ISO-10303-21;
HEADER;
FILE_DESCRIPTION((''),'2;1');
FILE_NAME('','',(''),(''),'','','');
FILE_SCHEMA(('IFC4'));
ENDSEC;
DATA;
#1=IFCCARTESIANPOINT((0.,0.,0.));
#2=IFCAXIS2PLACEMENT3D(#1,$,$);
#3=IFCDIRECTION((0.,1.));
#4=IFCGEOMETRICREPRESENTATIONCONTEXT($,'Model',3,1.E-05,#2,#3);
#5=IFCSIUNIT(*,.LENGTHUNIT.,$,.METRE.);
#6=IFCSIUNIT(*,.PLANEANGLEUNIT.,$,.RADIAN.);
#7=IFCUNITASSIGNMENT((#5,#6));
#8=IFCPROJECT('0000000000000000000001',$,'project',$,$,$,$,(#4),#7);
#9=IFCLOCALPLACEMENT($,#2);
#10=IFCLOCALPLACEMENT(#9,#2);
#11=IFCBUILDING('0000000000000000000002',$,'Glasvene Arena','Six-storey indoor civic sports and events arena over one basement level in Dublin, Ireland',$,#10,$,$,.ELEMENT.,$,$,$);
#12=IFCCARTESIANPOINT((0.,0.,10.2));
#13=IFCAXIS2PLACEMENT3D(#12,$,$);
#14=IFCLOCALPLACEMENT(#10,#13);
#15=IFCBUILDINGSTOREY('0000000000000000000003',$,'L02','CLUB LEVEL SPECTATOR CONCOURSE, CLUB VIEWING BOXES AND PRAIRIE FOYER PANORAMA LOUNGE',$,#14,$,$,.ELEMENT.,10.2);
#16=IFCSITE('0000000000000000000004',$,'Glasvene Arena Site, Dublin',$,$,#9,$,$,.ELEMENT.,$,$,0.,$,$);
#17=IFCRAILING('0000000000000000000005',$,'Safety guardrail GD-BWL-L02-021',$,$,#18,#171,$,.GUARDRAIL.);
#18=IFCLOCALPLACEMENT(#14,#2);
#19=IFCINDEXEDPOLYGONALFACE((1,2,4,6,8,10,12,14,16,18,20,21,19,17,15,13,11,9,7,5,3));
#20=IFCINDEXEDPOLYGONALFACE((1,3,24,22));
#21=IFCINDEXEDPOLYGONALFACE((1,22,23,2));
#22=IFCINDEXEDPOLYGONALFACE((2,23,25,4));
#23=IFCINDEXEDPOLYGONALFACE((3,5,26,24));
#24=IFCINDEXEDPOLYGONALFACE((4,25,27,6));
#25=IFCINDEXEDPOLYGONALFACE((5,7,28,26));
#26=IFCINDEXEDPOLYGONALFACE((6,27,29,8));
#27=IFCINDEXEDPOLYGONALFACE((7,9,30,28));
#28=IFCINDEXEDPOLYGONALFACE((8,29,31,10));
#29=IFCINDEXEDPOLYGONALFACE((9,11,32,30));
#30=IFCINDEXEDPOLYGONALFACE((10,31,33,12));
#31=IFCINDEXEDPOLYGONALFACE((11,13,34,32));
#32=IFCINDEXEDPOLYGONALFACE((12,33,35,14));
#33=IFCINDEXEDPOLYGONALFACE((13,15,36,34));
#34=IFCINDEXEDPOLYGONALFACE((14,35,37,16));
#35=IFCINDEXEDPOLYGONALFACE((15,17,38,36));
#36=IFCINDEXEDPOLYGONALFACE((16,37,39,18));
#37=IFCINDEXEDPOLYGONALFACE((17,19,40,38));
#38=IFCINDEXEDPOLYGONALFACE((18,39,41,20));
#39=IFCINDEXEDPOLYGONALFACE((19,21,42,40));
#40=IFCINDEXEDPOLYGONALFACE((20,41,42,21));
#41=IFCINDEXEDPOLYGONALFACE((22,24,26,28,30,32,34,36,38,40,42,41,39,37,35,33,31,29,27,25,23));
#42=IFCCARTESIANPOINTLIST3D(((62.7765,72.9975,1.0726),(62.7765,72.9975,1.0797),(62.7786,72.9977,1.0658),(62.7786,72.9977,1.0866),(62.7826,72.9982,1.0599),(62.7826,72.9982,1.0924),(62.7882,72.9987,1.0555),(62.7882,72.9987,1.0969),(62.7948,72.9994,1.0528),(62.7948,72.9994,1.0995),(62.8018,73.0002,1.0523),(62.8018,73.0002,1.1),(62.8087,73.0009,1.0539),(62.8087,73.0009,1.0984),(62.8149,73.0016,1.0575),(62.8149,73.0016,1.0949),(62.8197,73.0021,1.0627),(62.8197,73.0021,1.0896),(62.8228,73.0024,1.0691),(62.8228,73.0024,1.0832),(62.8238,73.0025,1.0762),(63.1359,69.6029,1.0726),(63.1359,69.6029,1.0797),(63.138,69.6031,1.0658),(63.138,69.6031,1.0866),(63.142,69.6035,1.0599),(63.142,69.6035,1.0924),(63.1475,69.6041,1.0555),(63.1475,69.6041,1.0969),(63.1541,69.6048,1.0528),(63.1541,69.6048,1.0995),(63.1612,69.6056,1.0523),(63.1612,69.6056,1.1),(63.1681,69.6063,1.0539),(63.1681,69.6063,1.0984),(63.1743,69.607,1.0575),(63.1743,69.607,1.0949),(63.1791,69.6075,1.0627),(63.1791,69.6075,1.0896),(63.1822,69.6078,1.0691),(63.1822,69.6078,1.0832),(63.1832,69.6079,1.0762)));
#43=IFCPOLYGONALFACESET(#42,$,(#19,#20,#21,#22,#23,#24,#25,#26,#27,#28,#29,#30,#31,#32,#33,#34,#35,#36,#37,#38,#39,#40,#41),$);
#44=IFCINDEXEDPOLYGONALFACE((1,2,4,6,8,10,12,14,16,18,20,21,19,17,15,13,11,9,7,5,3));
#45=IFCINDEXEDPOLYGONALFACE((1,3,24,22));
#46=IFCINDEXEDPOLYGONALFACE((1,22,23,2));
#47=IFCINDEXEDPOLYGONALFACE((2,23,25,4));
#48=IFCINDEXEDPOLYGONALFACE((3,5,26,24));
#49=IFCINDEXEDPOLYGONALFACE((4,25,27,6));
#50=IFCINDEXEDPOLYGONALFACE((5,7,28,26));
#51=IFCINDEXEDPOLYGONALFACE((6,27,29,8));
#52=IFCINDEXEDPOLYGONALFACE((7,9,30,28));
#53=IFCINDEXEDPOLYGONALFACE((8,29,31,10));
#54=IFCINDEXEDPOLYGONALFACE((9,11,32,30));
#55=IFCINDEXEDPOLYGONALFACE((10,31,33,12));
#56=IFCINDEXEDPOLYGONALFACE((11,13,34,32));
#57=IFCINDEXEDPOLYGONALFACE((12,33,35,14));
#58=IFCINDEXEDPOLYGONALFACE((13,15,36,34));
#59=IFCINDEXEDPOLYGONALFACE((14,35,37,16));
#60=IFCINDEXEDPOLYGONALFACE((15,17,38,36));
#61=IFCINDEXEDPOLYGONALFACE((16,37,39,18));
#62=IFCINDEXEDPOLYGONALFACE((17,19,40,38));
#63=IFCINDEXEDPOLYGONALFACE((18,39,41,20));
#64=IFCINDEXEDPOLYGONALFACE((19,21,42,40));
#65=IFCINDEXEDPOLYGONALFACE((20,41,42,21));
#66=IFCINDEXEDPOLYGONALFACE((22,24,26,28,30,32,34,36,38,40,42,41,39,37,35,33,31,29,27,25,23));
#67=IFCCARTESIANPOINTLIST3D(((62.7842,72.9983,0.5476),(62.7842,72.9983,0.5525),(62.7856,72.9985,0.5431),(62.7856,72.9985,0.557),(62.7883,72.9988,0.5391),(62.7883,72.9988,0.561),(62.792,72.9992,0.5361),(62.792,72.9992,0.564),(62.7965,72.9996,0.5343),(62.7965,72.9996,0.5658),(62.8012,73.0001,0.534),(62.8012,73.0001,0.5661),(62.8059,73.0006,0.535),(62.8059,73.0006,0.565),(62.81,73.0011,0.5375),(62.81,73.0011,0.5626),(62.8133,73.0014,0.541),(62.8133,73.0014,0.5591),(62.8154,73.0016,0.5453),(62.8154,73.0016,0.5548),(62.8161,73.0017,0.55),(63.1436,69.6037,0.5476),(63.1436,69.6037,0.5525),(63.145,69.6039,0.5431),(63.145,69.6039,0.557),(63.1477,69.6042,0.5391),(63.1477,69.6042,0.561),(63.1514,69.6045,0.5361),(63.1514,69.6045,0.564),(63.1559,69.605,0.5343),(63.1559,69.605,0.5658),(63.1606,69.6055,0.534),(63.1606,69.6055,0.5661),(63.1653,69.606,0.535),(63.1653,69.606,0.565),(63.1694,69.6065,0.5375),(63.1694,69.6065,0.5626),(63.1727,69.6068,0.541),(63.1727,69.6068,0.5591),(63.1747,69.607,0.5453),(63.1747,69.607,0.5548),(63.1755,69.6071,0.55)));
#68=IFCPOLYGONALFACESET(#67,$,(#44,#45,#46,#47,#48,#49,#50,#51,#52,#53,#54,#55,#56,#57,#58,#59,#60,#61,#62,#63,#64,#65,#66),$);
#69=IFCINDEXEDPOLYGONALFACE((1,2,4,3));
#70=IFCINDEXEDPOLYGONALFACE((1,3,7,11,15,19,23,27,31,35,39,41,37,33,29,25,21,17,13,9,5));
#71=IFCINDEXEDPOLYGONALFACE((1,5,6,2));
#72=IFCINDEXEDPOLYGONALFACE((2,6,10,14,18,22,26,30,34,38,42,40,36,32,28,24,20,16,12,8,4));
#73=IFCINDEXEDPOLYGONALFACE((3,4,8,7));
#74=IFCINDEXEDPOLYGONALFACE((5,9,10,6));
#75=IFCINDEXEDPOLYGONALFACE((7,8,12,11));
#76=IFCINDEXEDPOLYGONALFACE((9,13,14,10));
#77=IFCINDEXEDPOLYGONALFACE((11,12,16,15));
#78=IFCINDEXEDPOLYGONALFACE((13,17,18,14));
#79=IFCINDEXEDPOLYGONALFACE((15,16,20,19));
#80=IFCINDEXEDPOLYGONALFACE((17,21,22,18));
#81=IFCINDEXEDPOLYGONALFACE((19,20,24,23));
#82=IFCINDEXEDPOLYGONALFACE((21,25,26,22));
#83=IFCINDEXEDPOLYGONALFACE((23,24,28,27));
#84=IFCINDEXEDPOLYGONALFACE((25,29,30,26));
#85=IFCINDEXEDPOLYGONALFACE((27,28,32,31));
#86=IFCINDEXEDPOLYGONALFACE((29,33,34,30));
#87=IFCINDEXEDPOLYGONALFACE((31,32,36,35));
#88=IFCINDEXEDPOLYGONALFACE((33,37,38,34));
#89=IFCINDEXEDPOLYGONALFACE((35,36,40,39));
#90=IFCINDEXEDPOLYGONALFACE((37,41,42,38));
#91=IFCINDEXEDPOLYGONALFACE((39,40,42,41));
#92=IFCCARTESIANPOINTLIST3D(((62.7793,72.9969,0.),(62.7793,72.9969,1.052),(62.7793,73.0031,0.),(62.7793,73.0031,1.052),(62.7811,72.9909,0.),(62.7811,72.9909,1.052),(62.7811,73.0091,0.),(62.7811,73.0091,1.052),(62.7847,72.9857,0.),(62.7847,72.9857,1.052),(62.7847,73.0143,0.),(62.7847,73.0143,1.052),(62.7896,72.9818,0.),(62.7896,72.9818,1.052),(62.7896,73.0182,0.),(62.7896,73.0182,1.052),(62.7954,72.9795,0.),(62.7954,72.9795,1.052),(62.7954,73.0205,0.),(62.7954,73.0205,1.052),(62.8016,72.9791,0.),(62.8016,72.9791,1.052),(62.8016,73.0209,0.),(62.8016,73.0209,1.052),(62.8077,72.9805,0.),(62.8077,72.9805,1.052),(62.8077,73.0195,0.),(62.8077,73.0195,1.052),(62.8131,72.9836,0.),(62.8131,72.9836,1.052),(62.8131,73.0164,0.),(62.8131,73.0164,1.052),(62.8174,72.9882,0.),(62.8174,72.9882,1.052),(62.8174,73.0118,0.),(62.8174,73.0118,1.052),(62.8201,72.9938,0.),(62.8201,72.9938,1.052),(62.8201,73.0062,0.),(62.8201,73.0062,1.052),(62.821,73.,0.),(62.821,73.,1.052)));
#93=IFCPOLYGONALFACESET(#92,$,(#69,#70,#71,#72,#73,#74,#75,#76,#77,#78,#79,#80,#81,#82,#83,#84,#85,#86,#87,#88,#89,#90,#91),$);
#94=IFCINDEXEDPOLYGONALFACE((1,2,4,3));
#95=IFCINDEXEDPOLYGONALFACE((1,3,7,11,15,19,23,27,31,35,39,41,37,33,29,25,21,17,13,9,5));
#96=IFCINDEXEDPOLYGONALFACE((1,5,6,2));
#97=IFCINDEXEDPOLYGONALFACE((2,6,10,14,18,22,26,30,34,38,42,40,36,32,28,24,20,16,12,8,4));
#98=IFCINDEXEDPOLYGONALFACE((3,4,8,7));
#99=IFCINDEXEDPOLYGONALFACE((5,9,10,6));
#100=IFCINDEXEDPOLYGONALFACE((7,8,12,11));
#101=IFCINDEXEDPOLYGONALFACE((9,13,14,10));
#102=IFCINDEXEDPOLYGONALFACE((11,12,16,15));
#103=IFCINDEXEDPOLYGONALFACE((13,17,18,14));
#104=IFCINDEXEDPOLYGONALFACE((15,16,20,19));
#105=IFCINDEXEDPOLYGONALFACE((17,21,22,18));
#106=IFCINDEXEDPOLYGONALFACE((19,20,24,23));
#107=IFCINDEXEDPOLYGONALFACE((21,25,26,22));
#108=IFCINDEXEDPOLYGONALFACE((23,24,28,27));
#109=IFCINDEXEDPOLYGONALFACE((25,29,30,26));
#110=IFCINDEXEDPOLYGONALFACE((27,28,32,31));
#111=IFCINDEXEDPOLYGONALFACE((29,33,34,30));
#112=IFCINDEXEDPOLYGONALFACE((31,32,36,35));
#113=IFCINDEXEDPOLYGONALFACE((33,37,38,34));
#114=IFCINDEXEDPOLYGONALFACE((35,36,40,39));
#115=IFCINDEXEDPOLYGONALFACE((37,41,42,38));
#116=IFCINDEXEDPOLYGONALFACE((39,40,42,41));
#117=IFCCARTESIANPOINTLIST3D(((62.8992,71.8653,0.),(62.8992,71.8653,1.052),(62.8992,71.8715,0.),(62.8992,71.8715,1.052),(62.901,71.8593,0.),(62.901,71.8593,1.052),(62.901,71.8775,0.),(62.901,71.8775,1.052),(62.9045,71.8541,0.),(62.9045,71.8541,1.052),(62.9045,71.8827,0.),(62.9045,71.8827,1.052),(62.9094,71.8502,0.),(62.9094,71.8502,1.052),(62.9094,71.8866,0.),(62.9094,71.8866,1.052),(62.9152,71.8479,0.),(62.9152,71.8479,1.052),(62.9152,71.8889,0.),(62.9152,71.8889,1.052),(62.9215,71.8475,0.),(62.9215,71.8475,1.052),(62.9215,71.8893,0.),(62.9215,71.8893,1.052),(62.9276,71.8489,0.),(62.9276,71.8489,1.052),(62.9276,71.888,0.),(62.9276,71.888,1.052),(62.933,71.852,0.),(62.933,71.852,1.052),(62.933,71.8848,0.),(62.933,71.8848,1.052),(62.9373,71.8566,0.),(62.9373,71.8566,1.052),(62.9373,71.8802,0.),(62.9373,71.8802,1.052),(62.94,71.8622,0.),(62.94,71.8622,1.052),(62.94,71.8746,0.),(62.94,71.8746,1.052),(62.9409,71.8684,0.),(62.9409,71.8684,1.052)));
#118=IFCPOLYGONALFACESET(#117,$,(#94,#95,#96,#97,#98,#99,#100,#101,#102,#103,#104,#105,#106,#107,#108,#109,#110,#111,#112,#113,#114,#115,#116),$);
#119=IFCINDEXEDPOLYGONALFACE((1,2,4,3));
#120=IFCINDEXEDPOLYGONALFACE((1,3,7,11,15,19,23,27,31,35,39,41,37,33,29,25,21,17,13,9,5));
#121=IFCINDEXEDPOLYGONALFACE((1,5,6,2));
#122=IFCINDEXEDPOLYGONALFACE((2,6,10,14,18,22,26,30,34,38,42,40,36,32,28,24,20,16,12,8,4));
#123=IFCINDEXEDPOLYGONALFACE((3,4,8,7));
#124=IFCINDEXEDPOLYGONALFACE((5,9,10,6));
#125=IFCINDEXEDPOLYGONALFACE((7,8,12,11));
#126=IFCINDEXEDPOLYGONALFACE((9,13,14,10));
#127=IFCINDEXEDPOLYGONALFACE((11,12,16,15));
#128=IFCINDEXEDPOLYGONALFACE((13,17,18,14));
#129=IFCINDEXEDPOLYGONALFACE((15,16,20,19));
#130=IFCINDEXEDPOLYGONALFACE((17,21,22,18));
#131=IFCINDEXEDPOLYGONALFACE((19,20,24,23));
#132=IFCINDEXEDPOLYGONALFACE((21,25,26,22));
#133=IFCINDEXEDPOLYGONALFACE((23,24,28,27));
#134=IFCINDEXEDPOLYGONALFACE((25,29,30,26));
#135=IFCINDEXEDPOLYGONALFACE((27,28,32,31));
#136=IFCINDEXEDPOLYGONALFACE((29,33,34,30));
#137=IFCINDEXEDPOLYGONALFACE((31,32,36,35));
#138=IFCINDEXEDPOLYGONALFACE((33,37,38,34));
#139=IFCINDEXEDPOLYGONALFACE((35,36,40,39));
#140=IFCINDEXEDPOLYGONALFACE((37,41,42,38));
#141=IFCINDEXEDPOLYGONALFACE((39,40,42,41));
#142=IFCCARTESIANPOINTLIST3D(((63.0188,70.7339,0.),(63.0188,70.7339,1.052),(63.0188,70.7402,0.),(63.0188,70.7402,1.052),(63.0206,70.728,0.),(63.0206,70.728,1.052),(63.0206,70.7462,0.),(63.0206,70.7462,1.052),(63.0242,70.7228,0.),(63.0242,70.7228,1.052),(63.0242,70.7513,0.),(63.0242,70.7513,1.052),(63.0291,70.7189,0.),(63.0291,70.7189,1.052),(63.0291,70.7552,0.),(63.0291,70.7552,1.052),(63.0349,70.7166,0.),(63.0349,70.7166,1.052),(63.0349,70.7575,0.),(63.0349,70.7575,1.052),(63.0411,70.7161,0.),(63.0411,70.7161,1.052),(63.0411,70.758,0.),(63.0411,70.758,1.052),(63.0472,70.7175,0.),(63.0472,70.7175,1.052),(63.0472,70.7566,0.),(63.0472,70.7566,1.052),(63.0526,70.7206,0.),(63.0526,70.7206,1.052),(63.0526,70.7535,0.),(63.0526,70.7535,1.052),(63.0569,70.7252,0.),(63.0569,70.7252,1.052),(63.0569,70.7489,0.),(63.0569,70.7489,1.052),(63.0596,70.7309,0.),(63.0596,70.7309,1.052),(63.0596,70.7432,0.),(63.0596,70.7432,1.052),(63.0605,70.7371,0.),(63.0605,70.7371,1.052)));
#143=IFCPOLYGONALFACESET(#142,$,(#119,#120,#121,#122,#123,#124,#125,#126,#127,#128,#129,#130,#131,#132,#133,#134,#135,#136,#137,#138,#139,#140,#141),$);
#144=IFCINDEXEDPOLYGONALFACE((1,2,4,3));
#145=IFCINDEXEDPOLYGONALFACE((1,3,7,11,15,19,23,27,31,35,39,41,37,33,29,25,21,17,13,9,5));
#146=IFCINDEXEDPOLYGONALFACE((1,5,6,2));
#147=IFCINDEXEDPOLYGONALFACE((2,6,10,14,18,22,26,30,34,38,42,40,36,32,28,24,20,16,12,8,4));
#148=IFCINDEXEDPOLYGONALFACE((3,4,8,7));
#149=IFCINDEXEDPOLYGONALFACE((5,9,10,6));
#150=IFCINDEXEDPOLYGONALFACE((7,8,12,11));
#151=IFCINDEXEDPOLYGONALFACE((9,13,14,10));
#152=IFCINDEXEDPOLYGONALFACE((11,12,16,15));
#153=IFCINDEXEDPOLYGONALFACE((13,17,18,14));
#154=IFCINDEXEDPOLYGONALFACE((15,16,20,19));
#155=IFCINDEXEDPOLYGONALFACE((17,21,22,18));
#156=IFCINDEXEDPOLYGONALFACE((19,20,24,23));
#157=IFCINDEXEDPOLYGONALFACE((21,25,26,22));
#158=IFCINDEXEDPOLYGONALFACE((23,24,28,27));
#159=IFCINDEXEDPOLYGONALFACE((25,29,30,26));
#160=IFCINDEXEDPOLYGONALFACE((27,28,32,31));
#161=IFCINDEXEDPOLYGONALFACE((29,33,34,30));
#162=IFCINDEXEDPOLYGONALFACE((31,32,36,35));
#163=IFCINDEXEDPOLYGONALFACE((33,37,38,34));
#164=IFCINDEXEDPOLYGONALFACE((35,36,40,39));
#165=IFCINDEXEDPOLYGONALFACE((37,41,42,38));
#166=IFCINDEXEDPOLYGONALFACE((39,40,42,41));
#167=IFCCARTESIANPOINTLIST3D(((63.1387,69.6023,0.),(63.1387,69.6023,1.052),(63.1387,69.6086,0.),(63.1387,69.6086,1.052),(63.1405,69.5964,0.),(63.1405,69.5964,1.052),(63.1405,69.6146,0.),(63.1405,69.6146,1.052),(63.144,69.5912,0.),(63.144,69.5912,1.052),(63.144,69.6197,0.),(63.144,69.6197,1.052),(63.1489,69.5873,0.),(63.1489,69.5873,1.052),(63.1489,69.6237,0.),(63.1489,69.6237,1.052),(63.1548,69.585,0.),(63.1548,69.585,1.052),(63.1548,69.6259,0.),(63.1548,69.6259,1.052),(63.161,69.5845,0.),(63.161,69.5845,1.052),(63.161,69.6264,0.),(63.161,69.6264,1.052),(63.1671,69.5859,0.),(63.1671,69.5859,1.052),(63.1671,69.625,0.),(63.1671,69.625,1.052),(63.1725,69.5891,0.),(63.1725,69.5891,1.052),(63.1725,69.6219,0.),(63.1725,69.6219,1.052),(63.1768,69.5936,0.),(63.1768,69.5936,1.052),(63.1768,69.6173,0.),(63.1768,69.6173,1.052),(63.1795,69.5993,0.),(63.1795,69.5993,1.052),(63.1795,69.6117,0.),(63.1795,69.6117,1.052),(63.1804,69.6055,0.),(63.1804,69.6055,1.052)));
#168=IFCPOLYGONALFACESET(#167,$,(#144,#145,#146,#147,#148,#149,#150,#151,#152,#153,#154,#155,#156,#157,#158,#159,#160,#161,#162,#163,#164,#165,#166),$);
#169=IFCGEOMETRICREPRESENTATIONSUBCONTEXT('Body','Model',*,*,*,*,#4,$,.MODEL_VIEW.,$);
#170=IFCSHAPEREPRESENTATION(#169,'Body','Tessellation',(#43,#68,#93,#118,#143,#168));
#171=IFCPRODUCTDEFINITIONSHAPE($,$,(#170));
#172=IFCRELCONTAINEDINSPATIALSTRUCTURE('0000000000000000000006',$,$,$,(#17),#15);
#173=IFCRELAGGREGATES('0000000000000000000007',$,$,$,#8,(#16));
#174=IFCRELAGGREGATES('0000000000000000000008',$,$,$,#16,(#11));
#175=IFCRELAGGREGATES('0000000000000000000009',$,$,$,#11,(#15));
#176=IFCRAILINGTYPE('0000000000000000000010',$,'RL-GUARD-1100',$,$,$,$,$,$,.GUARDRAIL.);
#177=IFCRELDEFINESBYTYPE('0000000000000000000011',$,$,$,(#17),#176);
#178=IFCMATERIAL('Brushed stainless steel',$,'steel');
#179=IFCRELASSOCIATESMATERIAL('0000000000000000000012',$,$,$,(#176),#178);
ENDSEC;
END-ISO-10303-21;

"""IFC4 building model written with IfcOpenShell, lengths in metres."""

from ifc_helpers import new_model, si_unit, direction, frame, origin, origin_2d, place, context, subcontext, project, spatial, circle, extrude, material, type_object, element, save


model = new_model("IFC4")

# Units and contexts
model_context = context("Model", 3, precision=1e-05, world=origin(), true_north=direction((0.0, 1.0)))
body_context = subcontext(model_context, "Body", "Model", "MODEL_VIEW")
ifc_project = project(units=[si_unit("LENGTHUNIT", "METRE"), si_unit("PLANEANGLEUNIT", "RADIAN")], contexts=[model_context])

# Site, building, storey
site_placement = place(None, origin())
site = spatial("IfcSite", under=ifc_project, at=site_placement, Name="Glasvene Arena Site, Dublin", CompositionType="ELEMENT", RefElevation=0.0)
building_placement = place(site_placement, origin())
building = spatial("IfcBuilding", under=site, at=building_placement, Name="Glasvene Arena", Description="Six-storey indoor civic sports and events arena over one basement level in Dublin, Ireland", CompositionType="ELEMENT")
storey_placement = place(building_placement, frame((0.0, 0.0, 10.2)))
storey = spatial("IfcBuildingStorey", under=building, at=storey_placement, Name="L02", Description="CLUB LEVEL SPECTATOR CONCOURSE, CLUB VIEWING BOXES AND PRAIRIE FOYER PANORAMA LOUNGE", CompositionType="ELEMENT", Elevation=10.2)

# Railing
ifc_material_1 = material(Name="Brushed stainless steel", Category="steel")
railing_type = type_object("IfcRailingType", Name="RL-GUARD-1100", PredefinedType="GUARDRAIL", material=ifc_material_1)
railing_1_placement = place(storey_placement, frame((62.8, 73.0, 0.0)))
element("IfcRailing", 1, at=railing_1_placement, inside=storey, type_object=railing_type, Name="Safety guardrail GD-BWL-L02-021", PredefinedType="GUARDRAIL", context=body_context, shape_type="SweptSolid", body=[
    extrude(circle(Radius=0.0239, at=origin_2d()), frame((0.0, 0.0, 1.0762), z_axis=(0.10528, -0.994443, 0.0), x_axis=(0.994443, 0.10528, 0.0)), (0.0, 0.0, 1.0), 3.4136),
    extrude(circle(Radius=0.0161, at=origin_2d()), frame((0.0, 0.0, 0.55), z_axis=(0.10528, -0.994443, 0.0), x_axis=(0.994443, 0.10528, 0.0)), (0.0, 0.0, 1.0), 3.4136),
    extrude(circle(Radius=0.021, at=origin_2d()), origin(), (0.0, 0.0, 1.0), 1.052),
    extrude(circle(Radius=0.021, at=origin_2d()), frame((0.1199, -1.1316, 0.0)), (0.0, 0.0, 1.0), 1.052),
    extrude(circle(Radius=0.021, at=origin_2d()), frame((0.2395, -2.2629, 0.0)), (0.0, 0.0, 1.0), 1.052),
    extrude(circle(Radius=0.021, at=origin_2d()), frame((0.3594, -3.3945, 0.0)), (0.0, 0.0, 1.0), 1.052),
])

save(model, "model.ifc")
